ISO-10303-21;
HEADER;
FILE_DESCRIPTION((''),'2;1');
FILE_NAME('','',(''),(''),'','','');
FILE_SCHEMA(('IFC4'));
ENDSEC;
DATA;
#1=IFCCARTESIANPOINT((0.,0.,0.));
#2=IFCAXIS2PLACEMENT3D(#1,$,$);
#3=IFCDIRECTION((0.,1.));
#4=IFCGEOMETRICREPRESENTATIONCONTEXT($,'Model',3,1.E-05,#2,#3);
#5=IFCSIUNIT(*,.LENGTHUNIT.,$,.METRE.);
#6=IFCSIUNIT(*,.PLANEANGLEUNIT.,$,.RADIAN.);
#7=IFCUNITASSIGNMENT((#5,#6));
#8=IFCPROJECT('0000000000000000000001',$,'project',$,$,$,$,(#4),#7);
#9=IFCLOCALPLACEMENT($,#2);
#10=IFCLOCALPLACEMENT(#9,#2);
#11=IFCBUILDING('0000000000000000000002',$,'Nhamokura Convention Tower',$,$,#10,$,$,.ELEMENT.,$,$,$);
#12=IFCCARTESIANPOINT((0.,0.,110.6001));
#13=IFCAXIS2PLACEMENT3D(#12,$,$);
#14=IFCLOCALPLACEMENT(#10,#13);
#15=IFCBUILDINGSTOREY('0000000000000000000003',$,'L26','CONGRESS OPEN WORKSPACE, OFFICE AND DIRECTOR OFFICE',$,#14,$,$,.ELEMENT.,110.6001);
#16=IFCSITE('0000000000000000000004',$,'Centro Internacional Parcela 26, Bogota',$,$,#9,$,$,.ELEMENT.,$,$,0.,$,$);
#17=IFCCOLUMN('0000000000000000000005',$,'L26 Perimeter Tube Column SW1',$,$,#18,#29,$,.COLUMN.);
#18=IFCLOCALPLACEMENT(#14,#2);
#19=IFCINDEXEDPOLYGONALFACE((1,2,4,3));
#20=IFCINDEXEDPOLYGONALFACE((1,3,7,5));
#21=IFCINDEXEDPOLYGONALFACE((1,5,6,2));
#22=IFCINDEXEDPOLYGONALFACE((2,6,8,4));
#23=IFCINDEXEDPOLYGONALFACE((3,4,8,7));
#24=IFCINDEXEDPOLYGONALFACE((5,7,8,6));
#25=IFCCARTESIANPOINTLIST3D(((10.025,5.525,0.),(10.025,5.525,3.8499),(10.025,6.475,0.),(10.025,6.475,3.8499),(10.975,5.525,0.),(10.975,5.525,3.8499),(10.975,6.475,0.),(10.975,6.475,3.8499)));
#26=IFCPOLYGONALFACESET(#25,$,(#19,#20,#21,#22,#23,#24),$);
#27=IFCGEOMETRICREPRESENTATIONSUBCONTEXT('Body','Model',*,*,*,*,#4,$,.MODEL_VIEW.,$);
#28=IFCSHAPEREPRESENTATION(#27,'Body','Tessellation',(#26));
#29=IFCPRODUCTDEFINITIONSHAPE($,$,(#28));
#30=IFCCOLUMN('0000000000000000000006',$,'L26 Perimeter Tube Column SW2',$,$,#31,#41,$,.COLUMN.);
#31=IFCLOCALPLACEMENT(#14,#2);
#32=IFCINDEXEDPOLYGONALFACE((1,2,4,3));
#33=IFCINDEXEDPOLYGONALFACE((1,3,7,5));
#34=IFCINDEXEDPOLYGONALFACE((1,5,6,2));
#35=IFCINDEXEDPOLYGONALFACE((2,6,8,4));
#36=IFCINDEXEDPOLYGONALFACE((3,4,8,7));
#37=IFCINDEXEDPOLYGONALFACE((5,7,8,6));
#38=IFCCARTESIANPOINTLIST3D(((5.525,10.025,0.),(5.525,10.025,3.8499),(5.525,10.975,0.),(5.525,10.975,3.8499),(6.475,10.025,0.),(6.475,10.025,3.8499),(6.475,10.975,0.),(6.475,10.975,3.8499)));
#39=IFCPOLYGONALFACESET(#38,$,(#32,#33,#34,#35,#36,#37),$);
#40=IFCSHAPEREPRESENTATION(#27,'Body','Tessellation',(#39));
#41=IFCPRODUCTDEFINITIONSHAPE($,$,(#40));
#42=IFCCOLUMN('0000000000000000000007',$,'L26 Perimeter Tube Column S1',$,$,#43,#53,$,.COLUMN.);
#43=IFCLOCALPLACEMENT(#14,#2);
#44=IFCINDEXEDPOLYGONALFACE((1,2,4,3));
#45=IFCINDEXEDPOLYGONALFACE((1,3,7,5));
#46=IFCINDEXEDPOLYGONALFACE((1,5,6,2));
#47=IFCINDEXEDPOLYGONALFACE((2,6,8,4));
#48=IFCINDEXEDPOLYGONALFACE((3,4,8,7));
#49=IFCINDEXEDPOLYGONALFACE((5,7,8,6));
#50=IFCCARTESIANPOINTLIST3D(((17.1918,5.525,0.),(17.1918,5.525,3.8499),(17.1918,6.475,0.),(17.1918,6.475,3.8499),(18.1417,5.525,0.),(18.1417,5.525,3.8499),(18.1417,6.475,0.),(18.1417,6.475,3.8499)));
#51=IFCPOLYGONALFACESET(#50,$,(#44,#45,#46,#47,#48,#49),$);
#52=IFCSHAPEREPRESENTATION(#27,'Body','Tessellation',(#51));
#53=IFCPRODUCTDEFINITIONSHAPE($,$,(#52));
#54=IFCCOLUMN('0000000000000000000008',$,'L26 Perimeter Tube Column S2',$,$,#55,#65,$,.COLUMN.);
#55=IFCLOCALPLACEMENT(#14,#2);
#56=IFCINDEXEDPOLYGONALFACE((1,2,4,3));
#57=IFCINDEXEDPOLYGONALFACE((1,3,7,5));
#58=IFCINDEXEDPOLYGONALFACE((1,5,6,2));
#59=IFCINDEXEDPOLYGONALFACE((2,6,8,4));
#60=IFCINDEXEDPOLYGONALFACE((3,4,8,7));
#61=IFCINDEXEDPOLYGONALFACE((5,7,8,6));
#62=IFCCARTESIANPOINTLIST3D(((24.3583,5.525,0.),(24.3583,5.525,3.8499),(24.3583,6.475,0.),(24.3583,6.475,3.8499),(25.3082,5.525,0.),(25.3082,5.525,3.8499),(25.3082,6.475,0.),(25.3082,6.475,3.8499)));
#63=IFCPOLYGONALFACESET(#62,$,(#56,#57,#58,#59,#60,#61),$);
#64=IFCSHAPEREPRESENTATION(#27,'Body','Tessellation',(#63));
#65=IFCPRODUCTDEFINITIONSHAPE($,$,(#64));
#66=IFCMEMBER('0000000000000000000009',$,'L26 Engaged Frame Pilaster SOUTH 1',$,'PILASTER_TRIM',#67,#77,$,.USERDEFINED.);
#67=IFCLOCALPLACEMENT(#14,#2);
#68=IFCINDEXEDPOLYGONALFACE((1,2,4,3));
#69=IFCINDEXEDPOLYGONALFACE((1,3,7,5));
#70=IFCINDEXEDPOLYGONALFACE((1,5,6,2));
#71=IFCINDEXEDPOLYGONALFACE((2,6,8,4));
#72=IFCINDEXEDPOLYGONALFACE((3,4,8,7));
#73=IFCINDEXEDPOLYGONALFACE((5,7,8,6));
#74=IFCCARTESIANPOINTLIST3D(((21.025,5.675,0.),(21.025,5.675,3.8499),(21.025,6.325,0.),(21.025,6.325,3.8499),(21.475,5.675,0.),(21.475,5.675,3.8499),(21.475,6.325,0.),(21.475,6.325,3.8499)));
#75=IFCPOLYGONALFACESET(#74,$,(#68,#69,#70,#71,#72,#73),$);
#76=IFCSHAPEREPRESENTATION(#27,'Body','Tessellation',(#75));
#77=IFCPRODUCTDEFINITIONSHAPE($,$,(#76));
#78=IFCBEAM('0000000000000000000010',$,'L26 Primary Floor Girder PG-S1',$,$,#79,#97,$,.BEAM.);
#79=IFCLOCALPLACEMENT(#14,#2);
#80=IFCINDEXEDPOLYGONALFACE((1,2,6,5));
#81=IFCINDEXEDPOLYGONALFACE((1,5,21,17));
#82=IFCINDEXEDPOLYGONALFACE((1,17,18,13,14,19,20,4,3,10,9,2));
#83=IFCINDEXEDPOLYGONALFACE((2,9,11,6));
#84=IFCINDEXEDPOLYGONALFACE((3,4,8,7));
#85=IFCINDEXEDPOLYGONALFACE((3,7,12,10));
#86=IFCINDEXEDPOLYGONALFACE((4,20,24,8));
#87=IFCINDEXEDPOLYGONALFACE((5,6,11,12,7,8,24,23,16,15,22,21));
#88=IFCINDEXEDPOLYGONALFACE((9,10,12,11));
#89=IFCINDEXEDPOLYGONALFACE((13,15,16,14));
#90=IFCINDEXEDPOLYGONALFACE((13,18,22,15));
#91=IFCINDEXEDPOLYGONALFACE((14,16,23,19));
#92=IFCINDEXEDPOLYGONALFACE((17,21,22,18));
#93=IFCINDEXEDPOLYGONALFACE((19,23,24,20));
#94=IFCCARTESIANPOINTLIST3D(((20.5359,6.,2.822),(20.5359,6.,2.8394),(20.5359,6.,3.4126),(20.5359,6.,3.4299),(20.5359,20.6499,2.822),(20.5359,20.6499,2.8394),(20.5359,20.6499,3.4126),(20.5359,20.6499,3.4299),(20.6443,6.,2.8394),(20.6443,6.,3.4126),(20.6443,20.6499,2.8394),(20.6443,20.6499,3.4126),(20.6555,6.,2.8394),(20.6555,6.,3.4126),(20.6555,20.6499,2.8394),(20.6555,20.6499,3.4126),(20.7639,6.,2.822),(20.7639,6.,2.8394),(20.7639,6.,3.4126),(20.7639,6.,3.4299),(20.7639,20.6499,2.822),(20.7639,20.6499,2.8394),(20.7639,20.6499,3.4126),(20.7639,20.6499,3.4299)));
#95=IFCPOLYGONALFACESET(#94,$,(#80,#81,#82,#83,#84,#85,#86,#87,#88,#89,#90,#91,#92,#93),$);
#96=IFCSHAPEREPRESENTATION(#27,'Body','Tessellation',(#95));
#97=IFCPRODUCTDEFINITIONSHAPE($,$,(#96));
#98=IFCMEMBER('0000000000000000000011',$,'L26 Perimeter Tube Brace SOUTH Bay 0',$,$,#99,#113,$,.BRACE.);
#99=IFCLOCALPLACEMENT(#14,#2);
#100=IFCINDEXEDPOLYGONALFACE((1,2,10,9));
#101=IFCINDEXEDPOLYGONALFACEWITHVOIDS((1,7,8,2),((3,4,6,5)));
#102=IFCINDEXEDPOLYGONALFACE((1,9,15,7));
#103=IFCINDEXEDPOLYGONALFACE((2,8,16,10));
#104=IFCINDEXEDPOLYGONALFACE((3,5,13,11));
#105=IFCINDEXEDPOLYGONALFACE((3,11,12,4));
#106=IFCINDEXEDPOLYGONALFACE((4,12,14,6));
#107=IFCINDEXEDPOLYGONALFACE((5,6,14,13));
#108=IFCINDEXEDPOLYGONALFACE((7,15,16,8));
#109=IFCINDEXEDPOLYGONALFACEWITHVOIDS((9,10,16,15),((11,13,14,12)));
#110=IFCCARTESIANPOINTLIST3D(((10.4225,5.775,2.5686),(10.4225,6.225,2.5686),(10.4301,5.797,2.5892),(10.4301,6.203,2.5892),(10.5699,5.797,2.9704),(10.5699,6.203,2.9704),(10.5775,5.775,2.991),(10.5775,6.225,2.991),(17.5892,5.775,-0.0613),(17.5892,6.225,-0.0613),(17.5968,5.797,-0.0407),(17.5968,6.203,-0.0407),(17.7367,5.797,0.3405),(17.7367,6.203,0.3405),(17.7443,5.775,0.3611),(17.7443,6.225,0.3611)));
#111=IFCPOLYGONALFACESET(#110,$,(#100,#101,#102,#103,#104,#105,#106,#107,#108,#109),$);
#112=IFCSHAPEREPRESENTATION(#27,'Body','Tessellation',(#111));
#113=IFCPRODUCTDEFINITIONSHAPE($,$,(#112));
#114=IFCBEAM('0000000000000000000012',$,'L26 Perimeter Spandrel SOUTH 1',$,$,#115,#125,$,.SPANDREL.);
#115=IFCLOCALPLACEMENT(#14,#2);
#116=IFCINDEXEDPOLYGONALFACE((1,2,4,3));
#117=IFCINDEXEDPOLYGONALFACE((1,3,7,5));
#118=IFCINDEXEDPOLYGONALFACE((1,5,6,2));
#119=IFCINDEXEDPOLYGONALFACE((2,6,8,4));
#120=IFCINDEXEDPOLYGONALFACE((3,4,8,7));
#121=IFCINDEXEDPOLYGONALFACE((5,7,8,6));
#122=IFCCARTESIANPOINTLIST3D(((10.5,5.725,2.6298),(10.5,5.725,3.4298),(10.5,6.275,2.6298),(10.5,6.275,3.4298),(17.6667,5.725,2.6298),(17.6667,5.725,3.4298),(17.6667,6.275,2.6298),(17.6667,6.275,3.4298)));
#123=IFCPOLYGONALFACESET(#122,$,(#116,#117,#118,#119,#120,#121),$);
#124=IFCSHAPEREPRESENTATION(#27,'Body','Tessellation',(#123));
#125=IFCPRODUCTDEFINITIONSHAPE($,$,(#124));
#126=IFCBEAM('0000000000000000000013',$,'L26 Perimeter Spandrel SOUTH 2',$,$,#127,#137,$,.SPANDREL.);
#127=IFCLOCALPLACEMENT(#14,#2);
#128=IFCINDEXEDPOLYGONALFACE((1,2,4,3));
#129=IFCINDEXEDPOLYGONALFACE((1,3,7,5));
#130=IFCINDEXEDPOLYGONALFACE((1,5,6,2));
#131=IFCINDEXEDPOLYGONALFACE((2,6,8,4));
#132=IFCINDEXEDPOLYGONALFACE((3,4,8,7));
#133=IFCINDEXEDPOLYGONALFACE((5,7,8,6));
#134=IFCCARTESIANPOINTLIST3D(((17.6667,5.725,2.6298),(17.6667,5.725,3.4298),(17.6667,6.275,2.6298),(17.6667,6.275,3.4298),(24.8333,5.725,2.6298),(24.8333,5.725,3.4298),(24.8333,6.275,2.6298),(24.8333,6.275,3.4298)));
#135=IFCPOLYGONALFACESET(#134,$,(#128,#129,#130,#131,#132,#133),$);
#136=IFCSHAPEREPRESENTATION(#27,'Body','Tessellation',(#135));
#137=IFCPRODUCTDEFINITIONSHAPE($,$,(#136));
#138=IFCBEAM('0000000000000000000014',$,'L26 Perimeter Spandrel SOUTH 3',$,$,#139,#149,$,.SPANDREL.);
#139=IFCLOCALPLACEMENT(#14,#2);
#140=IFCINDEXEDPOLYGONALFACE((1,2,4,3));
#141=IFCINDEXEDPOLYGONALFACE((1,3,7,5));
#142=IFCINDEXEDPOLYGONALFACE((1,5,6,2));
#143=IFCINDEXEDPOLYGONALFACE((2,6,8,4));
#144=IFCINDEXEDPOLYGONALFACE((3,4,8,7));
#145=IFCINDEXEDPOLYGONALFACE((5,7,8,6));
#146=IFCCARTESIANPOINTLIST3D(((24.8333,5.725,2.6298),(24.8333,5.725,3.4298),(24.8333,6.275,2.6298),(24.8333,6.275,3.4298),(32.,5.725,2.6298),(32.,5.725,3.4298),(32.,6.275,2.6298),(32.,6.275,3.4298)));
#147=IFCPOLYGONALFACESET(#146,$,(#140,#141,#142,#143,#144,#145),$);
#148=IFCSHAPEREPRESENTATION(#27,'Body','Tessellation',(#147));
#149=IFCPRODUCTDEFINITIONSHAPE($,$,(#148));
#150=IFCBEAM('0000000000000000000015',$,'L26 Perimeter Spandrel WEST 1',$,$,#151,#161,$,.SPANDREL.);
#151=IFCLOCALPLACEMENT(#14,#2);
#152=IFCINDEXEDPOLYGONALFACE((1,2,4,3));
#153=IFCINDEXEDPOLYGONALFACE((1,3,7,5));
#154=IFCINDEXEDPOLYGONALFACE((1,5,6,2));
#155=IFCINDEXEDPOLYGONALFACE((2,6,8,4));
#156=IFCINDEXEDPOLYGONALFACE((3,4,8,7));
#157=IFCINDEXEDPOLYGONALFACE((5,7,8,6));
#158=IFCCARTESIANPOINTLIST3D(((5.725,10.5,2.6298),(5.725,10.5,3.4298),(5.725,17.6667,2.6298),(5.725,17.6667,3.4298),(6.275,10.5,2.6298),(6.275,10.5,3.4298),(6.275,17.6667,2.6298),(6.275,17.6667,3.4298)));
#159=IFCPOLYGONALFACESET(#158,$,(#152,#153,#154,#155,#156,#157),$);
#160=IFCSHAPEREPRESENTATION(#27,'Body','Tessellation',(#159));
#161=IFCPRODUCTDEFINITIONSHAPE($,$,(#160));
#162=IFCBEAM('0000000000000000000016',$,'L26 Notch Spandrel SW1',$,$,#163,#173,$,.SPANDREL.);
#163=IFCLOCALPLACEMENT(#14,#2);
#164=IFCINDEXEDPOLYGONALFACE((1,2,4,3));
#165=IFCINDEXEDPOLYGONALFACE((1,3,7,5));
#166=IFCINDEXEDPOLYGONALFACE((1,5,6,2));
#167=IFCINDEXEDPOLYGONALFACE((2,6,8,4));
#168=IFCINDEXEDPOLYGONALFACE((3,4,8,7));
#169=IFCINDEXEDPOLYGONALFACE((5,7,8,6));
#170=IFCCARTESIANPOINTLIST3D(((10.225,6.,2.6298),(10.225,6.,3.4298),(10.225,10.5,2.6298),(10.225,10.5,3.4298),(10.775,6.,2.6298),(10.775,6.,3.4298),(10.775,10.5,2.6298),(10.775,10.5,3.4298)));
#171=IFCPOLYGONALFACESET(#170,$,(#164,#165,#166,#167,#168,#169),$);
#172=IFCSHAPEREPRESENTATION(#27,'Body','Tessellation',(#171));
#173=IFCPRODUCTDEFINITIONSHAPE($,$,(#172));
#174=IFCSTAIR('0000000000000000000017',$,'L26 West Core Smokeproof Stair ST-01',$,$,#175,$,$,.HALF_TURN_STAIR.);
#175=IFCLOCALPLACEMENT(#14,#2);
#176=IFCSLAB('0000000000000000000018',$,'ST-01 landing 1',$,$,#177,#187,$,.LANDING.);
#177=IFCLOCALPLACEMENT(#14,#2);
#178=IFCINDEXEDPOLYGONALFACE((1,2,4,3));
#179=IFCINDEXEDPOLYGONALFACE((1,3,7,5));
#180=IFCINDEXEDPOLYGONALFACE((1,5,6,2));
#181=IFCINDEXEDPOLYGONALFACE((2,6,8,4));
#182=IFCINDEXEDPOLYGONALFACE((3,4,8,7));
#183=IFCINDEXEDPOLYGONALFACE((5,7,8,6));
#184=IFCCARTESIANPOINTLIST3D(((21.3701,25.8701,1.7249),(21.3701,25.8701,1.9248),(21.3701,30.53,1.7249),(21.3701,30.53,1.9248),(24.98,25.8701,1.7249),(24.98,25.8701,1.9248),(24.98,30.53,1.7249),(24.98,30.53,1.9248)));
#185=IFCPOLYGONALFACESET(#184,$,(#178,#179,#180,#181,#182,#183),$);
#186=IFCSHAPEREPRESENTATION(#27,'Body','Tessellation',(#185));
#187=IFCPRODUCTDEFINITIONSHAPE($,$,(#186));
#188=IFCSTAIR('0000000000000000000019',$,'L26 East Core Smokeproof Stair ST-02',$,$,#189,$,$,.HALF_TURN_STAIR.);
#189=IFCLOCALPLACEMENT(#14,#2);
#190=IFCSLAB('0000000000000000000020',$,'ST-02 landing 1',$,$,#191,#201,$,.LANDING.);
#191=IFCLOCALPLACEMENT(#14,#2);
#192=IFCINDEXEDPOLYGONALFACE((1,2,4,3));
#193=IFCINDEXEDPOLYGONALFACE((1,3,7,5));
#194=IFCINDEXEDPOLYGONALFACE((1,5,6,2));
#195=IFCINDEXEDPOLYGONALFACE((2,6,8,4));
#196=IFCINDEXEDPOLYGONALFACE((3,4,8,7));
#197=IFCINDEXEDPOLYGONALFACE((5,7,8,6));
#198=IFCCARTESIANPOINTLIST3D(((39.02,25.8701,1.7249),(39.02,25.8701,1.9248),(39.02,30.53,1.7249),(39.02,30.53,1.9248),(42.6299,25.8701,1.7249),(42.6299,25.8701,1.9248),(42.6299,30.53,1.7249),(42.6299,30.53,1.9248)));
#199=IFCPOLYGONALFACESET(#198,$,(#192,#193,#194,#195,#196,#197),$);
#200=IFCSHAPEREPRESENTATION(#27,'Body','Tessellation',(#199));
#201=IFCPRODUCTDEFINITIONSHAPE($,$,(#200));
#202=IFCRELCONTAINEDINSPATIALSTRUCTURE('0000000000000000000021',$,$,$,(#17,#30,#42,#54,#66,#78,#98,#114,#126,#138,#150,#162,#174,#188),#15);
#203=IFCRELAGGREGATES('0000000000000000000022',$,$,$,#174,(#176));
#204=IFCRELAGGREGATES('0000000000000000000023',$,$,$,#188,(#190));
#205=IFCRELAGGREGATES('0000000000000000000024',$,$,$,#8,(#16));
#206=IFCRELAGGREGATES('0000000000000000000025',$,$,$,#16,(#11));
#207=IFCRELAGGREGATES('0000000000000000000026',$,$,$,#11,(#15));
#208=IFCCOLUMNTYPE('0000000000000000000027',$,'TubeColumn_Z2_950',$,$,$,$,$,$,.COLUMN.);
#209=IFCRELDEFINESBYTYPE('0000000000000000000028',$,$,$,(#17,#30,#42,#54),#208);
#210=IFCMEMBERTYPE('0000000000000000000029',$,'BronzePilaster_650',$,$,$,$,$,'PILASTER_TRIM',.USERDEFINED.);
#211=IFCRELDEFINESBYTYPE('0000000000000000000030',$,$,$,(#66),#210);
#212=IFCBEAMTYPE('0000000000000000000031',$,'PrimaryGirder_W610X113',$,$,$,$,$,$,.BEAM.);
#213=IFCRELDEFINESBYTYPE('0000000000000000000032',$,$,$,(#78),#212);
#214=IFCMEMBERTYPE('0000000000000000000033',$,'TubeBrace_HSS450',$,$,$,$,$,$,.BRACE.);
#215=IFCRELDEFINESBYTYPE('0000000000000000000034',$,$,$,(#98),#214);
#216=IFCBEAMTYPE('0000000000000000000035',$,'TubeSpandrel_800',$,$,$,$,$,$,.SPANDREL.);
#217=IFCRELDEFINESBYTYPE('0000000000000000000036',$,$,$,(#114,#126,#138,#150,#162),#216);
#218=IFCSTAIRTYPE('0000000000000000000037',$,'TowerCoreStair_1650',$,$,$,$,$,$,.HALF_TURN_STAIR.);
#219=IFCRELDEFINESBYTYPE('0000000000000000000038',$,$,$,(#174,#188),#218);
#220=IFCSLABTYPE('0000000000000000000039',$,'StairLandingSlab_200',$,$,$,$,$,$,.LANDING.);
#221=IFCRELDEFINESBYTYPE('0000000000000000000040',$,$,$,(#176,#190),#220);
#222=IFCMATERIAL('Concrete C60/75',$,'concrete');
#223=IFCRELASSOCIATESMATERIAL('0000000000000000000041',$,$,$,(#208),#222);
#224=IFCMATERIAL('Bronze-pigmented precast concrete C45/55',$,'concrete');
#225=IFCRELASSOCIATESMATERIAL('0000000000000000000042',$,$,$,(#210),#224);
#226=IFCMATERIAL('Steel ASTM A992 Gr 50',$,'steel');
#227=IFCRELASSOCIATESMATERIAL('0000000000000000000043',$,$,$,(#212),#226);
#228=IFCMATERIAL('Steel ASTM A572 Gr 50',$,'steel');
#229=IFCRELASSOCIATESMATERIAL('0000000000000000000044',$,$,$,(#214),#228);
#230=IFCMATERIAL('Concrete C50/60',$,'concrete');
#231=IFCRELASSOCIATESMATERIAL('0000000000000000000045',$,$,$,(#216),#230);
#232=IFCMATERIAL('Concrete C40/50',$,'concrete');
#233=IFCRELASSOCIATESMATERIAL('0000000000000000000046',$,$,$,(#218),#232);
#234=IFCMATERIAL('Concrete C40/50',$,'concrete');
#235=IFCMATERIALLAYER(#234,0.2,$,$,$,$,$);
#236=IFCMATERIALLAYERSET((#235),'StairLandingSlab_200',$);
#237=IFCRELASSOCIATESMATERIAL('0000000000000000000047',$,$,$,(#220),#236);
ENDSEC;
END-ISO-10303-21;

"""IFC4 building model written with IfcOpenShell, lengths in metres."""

from ifc_helpers import new_model, si_unit, direction, frame, origin, origin_2d, place, context, subcontext, project, spatial, polyline, rectangle, hollow_rectangle, i_section, outline, extrude, material, layer, layer_set, material_profile, profile_set, type_object, element, aggregate, save


model = new_model("IFC4")

# Units and contexts
model_context = context("Model", 3, precision=1e-05, world=origin(), true_north=direction((0.0, 1.0)))
body_context = subcontext(model_context, "Body", "Model", "MODEL_VIEW")
ifc_project = project(units=[si_unit("LENGTHUNIT", "METRE"), si_unit("PLANEANGLEUNIT", "RADIAN")], contexts=[model_context])

# Site, building, storey
site_placement = place(None, origin())
site = spatial("IfcSite", under=ifc_project, at=site_placement, Name="Centro Internacional Parcela 26, Bogota", CompositionType="ELEMENT", RefElevation=0.0)
building_placement = place(site_placement, origin())
building = spatial("IfcBuilding", under=site, at=building_placement, Name="Nhamokura Convention Tower", CompositionType="ELEMENT")
storey_placement = place(building_placement, frame((0.0, 0.0, 110.6001)))
storey = spatial("IfcBuildingStorey", under=building, at=storey_placement, Name="L26", Description="CONGRESS OPEN WORKSPACE, OFFICE AND DIRECTOR OFFICE", CompositionType="ELEMENT", Elevation=110.6001)

# Columns
ifc_material_1 = material(Name="Concrete C60/75", Category="concrete")
ifc_material_profile_1 = material_profile(ifc_material_1, rectangle(XDim=0.95, YDim=0.95, at=origin_2d()))
ifc_profile_set_1 = profile_set([ifc_material_profile_1], Name="Concrete C60/75")
column_type = type_object("IfcColumnType", Name="TubeColumn_Z2_950", PredefinedType="COLUMN", material=ifc_profile_set_1)
for number, where, z_axis, x_axis, name in (
    (1, (10.5, 6.0, 0.0), (0.0, 0.0, 1.0), (1.0, 0.0, 0.0), "L26 Perimeter Tube Column SW1"),
    (2, (6.0, 10.5, 0.0), (0.0, 0.0, 1.0), (1.0, 0.0, 0.0), "L26 Perimeter Tube Column SW2"),
    (3, (17.6667, 6.0, 0.0), (0.0, 0.0, 1.0), (1.0, 0.0, 0.0), "L26 Perimeter Tube Column S1"),
    (4, (24.8333, 6.0, 0.0), (0.0, 0.0, 1.0), (1.0, 0.0, 0.0), "L26 Perimeter Tube Column S2"),
):
    element("IfcColumn", number, at=place(storey_placement, frame(where, z_axis=z_axis, x_axis=x_axis)), inside=storey, type_object=column_type, Name=name, PredefinedType="COLUMN", context=body_context, shape_type="SweptSolid", body=[
        extrude(rectangle(XDim=0.95, YDim=0.95, at=origin_2d()), origin(), (0.0, 0.0, 1.0), 3.8499),
    ])

# Member
ifc_material_2 = material(Name="Bronze-pigmented precast concrete C45/55", Category="concrete")
ifc_material_profile_2 = material_profile(ifc_material_2, rectangle(XDim=0.45, YDim=0.6499, at=origin_2d()))
ifc_profile_set_2 = profile_set([ifc_material_profile_2], Name="Bronze-pigmented precast concrete C45/55")
member_type_1 = type_object("IfcMemberType", Name="BronzePilaster_650", ElementType="PILASTER_TRIM", PredefinedType="USERDEFINED", material=ifc_profile_set_2)
member_1_placement = place(storey_placement, frame((21.25, 6.0, 0.0), z_axis=(0.0, 0.0, 1.0), x_axis=(1.0, 0.0, 0.0)))
element("IfcMember", 5, at=member_1_placement, inside=storey, type_object=member_type_1, Name="L26 Engaged Frame Pilaster SOUTH 1", ObjectType="PILASTER_TRIM", PredefinedType="USERDEFINED", context=body_context, shape_type="SweptSolid", body=[
    extrude(rectangle(XDim=0.45, YDim=0.6499, at=origin_2d()), origin(), (0.0, 0.0, 1.0), 3.8499),
])

# Beam
ifc_material_3 = material(Name="Steel ASTM A992 Gr 50", Category="steel")
ifc_material_profile_3 = material_profile(ifc_material_3, i_section(OverallWidth=0.228, OverallDepth=0.6079, WebThickness=0.0112, FlangeThickness=0.0173, at=origin_2d()))
ifc_profile_set_3 = profile_set([ifc_material_profile_3], Name="Steel ASTM A992 Gr 50")
beam_type_1 = type_object("IfcBeamType", Name="PrimaryGirder_W610X113", PredefinedType="BEAM", material=ifc_profile_set_3)
beam_1_placement = place(storey_placement, frame((20.6499, 6.0, 3.126), z_axis=(0.0, 1.0, 0.0), x_axis=(-1.0, 0.0, 0.0)))
element("IfcBeam", 6, at=beam_1_placement, inside=storey, type_object=beam_type_1, Name="L26 Primary Floor Girder PG-S1", PredefinedType="BEAM", context=body_context, shape_type="SweptSolid", body=[
    extrude(i_section(OverallWidth=0.228, OverallDepth=0.6079, WebThickness=0.0112, FlangeThickness=0.0173, at=origin_2d()), origin(), (0.0, 0.0, 1.0), 14.6499),
])

# Member
ifc_material_4 = material(Name="Steel ASTM A572 Gr 50", Category="steel")
ifc_material_profile_4 = material_profile(ifc_material_4, hollow_rectangle(XDim=0.45, YDim=0.45, WallThickness=0.022, at=origin_2d()))
ifc_profile_set_4 = profile_set([ifc_material_profile_4], Name="Steel ASTM A572 Gr 50")
member_type_2 = type_object("IfcMemberType", Name="TubeBrace_HSS450", PredefinedType="BRACE", material=ifc_profile_set_4)
member_2_placement = place(storey_placement, frame((17.6667, 6.0, 0.1499), z_axis=(-0.938788, 0.0, 0.344494), x_axis=(0.0, -1.0, 0.0)))
element("IfcMember", 7, at=member_2_placement, inside=storey, type_object=member_type_2, Name="L26 Perimeter Tube Brace SOUTH Bay 0", PredefinedType="BRACE", context=body_context, shape_type="SweptSolid", body=[
    extrude(hollow_rectangle(XDim=0.45, YDim=0.45, WallThickness=0.022, at=origin_2d()), origin(), (0.0, 0.0, 1.0), 7.634),
])

# Beams
ifc_material_5 = material(Name="Concrete C50/60", Category="concrete")
ifc_material_profile_5 = material_profile(ifc_material_5, rectangle(XDim=0.55, YDim=0.8, at=origin_2d()))
ifc_profile_set_5 = profile_set([ifc_material_profile_5], Name="Concrete C50/60")
beam_type_2 = type_object("IfcBeamType", Name="TubeSpandrel_800", PredefinedType="SPANDREL", material=ifc_profile_set_5)
beam_2_placement = place(storey_placement, frame((10.5, 6.0, 3.0298), z_axis=(1.0, 0.0, 0.0), x_axis=(0.0, 1.0, 0.0)))
element("IfcBeam", 8, at=beam_2_placement, inside=storey, type_object=beam_type_2, Name="L26 Perimeter Spandrel SOUTH 1", PredefinedType="SPANDREL", context=body_context, shape_type="SweptSolid", body=[
    extrude(rectangle(XDim=0.55, YDim=0.8, at=origin_2d()), origin(), (0.0, 0.0, 1.0), 7.1667),
])
beam_3_placement = place(storey_placement, frame((17.6667, 6.0, 3.0298), z_axis=(1.0, 0.0, 0.0), x_axis=(0.0, 1.0, 0.0)))
element("IfcBeam", 9, at=beam_3_placement, inside=storey, type_object=beam_type_2, Name="L26 Perimeter Spandrel SOUTH 2", PredefinedType="SPANDREL", context=body_context, shape_type="SweptSolid", body=[
    extrude(rectangle(XDim=0.55, YDim=0.8, at=origin_2d()), origin(), (0.0, 0.0, 1.0), 7.1665),
])
for number, where, z_axis, x_axis, name in (
    (10, (24.8333, 6.0, 3.0298), (1.0, 0.0, 0.0), (0.0, 1.0, 0.0), "L26 Perimeter Spandrel SOUTH 3"),
    (11, (6.0, 10.5, 3.0298), (0.0, 1.0, 0.0), (-1.0, 0.0, 0.0), "L26 Perimeter Spandrel WEST 1"),
):
    element("IfcBeam", number, at=place(storey_placement, frame(where, z_axis=z_axis, x_axis=x_axis)), inside=storey, type_object=beam_type_2, Name=name, PredefinedType="SPANDREL", context=body_context, shape_type="SweptSolid", body=[
        extrude(rectangle(XDim=0.55, YDim=0.8, at=origin_2d()), origin(), (0.0, 0.0, 1.0), 7.1667),
    ])
beam_4_placement = place(storey_placement, frame((10.5, 6.0, 3.0298), z_axis=(0.0, 1.0, 0.0), x_axis=(-1.0, 0.0, 0.0)))
element("IfcBeam", 12, at=beam_4_placement, inside=storey, type_object=beam_type_2, Name="L26 Notch Spandrel SW1", PredefinedType="SPANDREL", context=body_context, shape_type="SweptSolid", body=[
    extrude(rectangle(XDim=0.55, YDim=0.8, at=origin_2d()), origin(), (0.0, 0.0, 1.0), 4.5),
])

# Stairs, slabs
ifc_material_6 = material(Name="Concrete C40/50", Category="concrete")
stair_type = type_object("IfcStairType", Name="TowerCoreStair_1650", PredefinedType="HALF_TURN_STAIR", material=ifc_material_6)
stair_1_placement = place(storey_placement, origin())
stair_1 = element("IfcStair", 13, at=stair_1_placement, inside=storey, type_object=stair_type, Name="L26 West Core Smokeproof Stair ST-01", PredefinedType="HALF_TURN_STAIR")
ifc_material_7 = material(Name="Concrete C40/50", Category="concrete")
ifc_layer_1 = layer(ifc_material_7, 0.2)
ifc_layer_set_1 = layer_set([ifc_layer_1], Name="StairLandingSlab_200")
slab_type_1 = type_object("IfcSlabType", Name="StairLandingSlab_200", PredefinedType="LANDING", material=ifc_layer_set_1)
slab_1_placement = place(storey_placement, frame((0.0, 0.0, 1.7249)))
slab_1 = element("IfcSlab", 14, at=slab_1_placement, type_object=slab_type_1, Name="ST-01 landing 1", PredefinedType="LANDING", context=body_context, shape_type="SweptSolid", body=[
    extrude(outline(polyline([(24.98, 25.8701), (24.98, 30.53), (21.3701, 30.53), (21.3701, 25.8701), (24.98, 25.8701)])), origin(), (0.0, 0.0, 1.0), 0.2),
])
aggregate(stair_1, [slab_1])
stair_2_placement = place(storey_placement, origin())
stair_2 = element("IfcStair", 15, at=stair_2_placement, inside=storey, type_object=stair_type, Name="L26 East Core Smokeproof Stair ST-02", PredefinedType="HALF_TURN_STAIR")
slab_2_placement = place(storey_placement, frame((0.0, 0.0, 1.7249)))
slab_2 = element("IfcSlab", 16, at=slab_2_placement, type_object=slab_type_1, Name="ST-02 landing 1", PredefinedType="LANDING", context=body_context, shape_type="SweptSolid", body=[
    extrude(outline(polyline([(42.6299, 25.8701), (42.6299, 30.53), (39.02, 30.53), (39.02, 25.8701), (42.6299, 25.8701)])), origin(), (0.0, 0.0, 1.0), 0.2),
])
aggregate(stair_2, [slab_2])

save(model, "model.ifc")
